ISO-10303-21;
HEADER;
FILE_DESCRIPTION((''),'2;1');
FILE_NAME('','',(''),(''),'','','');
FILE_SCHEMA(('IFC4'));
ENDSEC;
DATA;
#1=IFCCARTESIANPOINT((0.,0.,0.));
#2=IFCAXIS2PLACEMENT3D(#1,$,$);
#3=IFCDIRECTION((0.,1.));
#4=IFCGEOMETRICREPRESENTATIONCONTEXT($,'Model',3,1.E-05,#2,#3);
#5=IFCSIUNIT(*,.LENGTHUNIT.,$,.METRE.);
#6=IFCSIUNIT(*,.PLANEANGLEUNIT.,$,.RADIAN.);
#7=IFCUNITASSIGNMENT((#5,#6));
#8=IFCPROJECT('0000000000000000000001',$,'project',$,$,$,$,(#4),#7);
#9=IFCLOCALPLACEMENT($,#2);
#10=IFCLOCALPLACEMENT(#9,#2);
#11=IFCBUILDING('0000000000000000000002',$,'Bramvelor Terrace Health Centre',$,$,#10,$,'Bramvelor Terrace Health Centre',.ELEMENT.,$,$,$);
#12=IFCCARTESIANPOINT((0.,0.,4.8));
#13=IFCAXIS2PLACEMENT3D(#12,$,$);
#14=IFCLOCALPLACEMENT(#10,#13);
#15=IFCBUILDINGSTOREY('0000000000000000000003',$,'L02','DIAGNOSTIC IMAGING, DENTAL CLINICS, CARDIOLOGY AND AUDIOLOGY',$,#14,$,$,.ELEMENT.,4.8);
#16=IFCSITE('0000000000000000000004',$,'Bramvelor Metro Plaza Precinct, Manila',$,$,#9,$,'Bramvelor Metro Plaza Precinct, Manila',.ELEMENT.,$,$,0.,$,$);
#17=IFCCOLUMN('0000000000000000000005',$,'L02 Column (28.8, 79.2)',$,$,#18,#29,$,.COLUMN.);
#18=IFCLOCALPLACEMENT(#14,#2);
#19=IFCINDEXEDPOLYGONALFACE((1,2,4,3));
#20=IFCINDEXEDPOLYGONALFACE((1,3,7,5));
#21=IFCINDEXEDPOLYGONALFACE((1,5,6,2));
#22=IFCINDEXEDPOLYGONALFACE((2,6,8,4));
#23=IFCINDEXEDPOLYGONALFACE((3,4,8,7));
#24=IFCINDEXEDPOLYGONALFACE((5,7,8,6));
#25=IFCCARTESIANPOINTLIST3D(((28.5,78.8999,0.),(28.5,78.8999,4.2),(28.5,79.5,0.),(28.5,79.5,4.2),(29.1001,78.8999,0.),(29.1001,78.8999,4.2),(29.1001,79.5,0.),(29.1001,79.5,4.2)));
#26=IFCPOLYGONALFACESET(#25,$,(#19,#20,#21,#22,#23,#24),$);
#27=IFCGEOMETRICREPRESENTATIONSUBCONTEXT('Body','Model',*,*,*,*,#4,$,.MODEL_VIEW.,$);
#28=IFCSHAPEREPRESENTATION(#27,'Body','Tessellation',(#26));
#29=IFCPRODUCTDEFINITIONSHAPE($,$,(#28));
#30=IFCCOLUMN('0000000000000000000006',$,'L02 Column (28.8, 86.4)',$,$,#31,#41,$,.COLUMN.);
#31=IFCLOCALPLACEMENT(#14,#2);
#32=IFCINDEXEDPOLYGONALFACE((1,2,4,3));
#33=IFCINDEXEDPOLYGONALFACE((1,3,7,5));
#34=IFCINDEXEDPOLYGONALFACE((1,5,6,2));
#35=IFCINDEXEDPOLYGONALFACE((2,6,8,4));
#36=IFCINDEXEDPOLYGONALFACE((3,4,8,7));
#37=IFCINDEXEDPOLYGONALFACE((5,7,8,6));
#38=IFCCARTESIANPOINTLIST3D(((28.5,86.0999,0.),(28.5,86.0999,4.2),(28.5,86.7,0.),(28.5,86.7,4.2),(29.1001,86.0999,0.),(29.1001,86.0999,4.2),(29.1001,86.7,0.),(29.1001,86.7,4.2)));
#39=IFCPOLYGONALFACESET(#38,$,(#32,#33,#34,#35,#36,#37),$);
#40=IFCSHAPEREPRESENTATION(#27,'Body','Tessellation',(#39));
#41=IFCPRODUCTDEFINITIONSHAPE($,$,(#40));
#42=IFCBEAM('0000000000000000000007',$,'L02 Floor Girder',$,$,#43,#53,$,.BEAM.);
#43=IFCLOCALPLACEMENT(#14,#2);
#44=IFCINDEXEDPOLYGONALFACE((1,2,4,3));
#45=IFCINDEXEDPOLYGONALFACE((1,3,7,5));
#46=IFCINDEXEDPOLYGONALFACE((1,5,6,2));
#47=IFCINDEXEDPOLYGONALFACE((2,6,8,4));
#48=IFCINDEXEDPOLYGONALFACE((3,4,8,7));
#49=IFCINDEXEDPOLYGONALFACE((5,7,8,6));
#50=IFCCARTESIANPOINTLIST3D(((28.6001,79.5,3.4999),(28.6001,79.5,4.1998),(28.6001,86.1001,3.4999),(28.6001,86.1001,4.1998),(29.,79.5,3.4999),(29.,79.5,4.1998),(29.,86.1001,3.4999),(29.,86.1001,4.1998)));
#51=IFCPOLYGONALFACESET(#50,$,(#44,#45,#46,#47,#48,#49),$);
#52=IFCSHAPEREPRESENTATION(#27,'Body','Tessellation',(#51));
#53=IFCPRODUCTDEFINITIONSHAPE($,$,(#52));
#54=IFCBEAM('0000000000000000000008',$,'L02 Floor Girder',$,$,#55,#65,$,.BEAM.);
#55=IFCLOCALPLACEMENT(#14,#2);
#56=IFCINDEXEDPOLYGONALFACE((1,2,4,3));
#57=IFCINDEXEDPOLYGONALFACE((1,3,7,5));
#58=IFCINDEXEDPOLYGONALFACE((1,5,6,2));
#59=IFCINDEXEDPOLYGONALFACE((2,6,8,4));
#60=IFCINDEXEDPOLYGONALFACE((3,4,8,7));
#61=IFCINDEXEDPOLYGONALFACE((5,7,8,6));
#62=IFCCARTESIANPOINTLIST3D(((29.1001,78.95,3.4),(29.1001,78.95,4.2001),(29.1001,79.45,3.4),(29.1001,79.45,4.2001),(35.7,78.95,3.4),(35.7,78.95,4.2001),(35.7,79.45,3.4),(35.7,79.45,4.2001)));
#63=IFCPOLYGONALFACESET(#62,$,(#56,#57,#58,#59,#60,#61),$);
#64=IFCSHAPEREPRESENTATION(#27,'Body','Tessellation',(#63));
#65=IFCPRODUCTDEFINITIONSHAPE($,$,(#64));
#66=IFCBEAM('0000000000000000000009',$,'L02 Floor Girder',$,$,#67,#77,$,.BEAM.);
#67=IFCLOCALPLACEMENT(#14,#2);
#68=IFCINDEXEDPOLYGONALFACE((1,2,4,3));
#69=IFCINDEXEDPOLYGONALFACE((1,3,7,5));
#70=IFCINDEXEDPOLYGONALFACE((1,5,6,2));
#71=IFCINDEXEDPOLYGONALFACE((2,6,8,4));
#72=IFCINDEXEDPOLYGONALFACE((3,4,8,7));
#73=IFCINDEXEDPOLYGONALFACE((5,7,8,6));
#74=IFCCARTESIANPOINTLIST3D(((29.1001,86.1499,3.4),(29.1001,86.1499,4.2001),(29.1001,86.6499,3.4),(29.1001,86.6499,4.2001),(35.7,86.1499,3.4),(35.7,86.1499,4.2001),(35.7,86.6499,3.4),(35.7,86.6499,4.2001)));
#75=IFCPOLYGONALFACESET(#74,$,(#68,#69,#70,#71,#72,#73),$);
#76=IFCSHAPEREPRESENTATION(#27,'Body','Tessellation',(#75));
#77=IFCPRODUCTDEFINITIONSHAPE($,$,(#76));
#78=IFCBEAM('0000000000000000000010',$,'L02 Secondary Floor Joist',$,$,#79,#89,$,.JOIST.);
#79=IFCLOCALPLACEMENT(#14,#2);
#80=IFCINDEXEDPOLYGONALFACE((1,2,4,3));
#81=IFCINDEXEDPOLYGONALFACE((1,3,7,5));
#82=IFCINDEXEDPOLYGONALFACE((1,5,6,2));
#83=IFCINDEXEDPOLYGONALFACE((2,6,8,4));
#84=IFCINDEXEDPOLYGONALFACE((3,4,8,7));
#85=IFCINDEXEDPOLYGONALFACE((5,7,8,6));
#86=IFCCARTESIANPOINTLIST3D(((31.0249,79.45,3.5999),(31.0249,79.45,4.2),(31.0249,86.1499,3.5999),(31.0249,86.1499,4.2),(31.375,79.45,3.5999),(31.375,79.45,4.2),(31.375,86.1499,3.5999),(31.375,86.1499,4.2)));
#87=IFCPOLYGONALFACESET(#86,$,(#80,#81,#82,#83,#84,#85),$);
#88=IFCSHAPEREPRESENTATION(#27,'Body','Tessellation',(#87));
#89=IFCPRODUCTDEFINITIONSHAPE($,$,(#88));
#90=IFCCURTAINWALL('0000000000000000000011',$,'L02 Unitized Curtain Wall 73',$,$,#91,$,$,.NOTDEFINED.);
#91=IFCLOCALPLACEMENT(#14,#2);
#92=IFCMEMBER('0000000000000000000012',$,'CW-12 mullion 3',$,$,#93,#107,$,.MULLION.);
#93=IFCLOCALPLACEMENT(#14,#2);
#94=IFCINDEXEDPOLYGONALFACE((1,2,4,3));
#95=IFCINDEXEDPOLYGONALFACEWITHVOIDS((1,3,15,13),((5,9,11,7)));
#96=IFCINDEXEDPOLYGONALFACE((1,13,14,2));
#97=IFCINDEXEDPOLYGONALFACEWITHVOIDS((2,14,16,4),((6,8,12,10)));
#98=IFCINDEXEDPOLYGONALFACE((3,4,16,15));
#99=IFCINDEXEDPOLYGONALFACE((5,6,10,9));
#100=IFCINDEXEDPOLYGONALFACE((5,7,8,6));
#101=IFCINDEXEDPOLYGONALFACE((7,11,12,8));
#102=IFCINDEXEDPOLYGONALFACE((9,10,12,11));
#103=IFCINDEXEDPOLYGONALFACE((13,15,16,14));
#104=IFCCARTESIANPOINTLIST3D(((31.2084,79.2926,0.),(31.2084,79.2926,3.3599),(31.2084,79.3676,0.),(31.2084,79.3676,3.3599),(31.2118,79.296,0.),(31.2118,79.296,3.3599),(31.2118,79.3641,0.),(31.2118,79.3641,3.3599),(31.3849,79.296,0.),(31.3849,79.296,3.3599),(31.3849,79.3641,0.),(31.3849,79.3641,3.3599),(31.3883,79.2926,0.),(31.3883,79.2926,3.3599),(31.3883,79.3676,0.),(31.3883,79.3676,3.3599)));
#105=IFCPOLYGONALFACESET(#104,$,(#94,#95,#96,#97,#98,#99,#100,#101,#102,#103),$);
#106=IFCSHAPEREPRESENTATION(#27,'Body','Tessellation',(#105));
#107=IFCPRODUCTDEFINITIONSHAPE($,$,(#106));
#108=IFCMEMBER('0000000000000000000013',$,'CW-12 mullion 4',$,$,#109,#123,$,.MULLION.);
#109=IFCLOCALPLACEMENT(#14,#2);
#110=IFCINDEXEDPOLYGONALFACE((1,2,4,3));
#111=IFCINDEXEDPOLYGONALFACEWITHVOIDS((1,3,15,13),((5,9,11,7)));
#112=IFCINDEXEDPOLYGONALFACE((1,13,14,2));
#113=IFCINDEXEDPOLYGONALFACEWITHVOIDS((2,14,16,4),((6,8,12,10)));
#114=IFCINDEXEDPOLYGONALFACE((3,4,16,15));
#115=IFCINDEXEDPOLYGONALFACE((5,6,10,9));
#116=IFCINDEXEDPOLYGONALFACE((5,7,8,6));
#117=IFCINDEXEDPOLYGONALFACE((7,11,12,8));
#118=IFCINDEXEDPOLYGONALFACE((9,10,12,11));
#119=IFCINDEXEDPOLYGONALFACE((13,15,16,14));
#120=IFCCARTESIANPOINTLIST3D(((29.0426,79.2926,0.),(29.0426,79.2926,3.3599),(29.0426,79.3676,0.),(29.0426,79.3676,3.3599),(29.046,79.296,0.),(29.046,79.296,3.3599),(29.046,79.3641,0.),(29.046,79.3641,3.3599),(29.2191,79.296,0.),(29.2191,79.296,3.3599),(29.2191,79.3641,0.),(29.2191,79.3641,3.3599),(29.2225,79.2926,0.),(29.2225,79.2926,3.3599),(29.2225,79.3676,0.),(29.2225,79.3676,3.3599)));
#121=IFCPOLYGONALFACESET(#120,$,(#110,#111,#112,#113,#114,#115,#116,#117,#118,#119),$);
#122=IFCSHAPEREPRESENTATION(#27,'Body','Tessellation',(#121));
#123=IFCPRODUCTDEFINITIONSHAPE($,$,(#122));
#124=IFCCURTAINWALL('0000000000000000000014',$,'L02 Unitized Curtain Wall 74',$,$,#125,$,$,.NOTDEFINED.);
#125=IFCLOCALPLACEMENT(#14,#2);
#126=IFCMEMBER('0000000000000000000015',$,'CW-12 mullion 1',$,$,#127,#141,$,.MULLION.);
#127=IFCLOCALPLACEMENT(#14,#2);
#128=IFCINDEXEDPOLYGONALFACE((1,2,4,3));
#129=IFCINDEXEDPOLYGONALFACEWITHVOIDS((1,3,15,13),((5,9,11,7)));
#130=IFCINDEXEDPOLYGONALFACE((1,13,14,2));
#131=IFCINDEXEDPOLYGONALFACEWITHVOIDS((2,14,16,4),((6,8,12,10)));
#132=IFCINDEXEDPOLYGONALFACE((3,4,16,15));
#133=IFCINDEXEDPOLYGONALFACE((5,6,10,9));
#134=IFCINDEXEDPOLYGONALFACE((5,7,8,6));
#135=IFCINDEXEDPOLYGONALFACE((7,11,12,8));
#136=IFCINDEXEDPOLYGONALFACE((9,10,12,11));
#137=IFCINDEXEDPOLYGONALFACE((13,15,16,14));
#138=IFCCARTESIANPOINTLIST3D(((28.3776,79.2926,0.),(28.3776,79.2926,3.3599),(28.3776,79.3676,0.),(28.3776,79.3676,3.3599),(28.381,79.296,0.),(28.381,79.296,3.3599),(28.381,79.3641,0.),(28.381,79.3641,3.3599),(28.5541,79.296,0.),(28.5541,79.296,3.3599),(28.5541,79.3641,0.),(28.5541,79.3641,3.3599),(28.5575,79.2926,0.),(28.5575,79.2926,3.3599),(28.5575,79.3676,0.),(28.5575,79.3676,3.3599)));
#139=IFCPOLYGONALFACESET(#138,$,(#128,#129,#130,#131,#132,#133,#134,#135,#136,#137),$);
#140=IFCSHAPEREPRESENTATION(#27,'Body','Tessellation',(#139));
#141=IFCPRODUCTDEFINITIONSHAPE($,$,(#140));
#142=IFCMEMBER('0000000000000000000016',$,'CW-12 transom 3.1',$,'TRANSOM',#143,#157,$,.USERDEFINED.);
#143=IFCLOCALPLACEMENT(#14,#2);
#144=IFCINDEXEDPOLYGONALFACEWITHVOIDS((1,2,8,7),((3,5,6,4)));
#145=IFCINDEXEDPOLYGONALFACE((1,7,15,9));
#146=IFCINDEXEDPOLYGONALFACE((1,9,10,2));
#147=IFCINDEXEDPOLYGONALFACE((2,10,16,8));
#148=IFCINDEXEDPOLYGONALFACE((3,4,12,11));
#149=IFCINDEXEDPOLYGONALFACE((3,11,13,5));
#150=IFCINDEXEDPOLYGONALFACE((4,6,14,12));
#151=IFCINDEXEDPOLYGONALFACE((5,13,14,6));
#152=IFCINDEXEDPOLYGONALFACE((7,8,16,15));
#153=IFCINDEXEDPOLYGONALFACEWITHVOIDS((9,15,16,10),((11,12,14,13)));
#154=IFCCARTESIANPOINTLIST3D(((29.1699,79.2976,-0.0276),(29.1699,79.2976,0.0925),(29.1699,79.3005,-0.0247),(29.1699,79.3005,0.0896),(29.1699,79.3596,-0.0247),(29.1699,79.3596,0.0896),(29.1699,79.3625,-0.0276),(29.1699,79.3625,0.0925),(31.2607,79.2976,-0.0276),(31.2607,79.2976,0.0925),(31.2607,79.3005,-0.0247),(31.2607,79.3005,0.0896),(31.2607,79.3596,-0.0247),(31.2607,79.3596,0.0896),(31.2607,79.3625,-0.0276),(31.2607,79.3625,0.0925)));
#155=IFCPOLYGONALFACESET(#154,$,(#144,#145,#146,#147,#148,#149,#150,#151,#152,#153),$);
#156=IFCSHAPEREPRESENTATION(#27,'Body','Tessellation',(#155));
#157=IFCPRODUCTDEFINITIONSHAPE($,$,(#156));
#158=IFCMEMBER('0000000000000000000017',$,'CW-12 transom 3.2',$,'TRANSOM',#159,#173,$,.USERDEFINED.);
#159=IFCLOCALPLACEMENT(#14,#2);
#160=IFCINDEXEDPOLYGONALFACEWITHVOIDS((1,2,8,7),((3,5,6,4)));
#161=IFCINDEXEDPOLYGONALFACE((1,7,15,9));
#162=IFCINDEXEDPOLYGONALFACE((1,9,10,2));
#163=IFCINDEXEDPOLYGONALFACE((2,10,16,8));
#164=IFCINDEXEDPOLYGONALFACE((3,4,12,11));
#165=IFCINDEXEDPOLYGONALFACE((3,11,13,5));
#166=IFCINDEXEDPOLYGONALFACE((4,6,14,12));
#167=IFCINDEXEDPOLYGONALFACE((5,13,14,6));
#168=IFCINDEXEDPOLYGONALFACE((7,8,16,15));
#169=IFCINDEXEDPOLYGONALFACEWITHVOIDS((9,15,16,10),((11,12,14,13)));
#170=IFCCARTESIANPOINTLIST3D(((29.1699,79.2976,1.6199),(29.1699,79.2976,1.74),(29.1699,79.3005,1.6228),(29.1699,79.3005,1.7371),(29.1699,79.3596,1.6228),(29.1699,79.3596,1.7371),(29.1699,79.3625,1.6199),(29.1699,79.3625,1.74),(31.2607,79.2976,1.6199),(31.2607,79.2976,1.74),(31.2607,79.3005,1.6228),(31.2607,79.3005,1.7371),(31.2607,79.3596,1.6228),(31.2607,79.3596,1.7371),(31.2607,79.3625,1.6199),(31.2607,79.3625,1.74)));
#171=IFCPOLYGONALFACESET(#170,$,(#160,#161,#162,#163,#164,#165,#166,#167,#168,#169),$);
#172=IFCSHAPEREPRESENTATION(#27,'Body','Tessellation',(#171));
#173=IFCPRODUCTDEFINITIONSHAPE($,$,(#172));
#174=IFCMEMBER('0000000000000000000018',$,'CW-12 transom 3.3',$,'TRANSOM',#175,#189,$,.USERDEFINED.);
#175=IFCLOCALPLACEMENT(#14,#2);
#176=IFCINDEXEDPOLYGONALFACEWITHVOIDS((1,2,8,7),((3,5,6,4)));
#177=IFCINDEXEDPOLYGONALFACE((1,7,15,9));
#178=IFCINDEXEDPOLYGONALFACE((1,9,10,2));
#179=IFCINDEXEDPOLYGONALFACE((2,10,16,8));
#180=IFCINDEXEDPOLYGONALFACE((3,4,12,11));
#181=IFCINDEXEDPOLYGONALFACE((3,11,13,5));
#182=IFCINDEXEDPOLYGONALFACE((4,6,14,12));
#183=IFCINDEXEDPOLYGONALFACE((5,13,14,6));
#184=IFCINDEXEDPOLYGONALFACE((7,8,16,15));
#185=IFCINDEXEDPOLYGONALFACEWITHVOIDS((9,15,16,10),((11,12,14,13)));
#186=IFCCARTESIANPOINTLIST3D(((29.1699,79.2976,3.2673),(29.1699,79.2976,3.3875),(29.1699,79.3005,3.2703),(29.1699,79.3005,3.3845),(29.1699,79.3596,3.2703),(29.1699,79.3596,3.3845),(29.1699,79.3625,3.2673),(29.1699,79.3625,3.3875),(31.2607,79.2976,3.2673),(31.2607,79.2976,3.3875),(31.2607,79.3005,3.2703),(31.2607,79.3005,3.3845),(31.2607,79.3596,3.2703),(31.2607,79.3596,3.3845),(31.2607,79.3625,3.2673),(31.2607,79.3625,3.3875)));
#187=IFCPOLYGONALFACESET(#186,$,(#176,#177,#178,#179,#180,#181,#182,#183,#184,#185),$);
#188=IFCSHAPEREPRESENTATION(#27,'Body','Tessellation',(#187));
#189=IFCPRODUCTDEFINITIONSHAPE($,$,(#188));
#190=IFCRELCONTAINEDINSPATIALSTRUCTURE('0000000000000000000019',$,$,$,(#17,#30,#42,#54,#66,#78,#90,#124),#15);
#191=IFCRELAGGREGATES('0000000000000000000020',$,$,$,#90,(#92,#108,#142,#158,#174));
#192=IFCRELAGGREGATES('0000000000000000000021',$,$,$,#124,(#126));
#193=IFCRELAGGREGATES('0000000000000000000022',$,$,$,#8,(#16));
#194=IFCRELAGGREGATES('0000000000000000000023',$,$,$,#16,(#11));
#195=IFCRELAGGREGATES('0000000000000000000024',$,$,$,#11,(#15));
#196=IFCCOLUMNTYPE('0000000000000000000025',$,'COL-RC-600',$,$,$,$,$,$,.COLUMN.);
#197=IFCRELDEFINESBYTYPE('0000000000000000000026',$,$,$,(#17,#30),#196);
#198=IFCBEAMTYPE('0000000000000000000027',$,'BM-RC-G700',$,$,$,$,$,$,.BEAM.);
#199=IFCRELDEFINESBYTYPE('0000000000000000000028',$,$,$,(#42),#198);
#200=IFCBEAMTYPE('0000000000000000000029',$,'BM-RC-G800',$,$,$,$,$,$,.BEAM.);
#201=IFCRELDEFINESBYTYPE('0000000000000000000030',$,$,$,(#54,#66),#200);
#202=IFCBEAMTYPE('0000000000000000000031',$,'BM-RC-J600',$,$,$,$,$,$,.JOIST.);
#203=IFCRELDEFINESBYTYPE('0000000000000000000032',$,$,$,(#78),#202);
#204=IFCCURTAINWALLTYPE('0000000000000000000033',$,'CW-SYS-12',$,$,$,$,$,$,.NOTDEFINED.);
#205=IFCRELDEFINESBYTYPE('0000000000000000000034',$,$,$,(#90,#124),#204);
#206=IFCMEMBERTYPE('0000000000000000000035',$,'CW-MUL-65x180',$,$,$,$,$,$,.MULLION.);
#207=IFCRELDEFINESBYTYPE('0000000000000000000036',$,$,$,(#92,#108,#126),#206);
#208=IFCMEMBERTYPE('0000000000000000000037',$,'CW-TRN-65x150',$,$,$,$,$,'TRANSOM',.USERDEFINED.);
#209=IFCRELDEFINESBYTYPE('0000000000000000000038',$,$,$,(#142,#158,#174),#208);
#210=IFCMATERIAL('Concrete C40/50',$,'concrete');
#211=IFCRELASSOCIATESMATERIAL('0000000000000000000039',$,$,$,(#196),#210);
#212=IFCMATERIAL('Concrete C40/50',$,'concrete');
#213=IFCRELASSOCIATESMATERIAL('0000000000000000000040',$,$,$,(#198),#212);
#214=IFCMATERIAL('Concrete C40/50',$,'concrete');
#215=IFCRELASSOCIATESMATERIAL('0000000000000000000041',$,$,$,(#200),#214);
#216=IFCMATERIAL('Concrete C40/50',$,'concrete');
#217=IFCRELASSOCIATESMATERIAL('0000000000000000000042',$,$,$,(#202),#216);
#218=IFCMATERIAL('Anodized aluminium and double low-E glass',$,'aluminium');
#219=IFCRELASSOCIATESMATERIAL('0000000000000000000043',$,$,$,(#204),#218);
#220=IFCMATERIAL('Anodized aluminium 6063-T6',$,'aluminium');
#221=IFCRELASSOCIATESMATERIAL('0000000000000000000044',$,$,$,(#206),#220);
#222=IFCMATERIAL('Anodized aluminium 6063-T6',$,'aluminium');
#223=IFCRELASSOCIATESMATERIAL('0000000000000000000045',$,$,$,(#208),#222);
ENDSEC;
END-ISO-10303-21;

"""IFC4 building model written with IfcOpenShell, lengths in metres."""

from ifc_helpers import new_model, si_unit, direction, frame, origin, origin_2d, place, context, subcontext, project, spatial, rectangle, hollow_rectangle, extrude, material, material_profile, profile_set, type_object, element, aggregate, save


model = new_model("IFC4")

# Units and contexts
model_context = context("Model", 3, precision=1e-05, world=origin(), true_north=direction((0.0, 1.0)))
body_context = subcontext(model_context, "Body", "Model", "MODEL_VIEW")
ifc_project = project(units=[si_unit("LENGTHUNIT", "METRE"), si_unit("PLANEANGLEUNIT", "RADIAN")], contexts=[model_context])

# Site, building, storey
site_placement = place(None, origin())
site = spatial("IfcSite", under=ifc_project, at=site_placement, Name="Bramvelor Metro Plaza Precinct, Manila", LongName="Bramvelor Metro Plaza Precinct, Manila", CompositionType="ELEMENT", RefElevation=0.0)
building_placement = place(site_placement, origin())
building = spatial("IfcBuilding", under=site, at=building_placement, Name="Bramvelor Terrace Health Centre", LongName="Bramvelor Terrace Health Centre", CompositionType="ELEMENT")
storey_placement = place(building_placement, frame((0.0, 0.0, 4.8)))
storey = spatial("IfcBuildingStorey", under=building, at=storey_placement, Name="L02", Description="DIAGNOSTIC IMAGING, DENTAL CLINICS, CARDIOLOGY AND AUDIOLOGY", CompositionType="ELEMENT", Elevation=4.8)

# Columns
ifc_material_1 = material(Name="Concrete C40/50", Category="concrete")
ifc_material_profile_1 = material_profile(ifc_material_1, rectangle(XDim=0.6001, YDim=0.6001, at=origin_2d()), Name="RC 600x600")
ifc_profile_set_1 = profile_set([ifc_material_profile_1], Name="Concrete C40/50")
column_type = type_object("IfcColumnType", Name="COL-RC-600", PredefinedType="COLUMN", material=ifc_profile_set_1)
for number, where, z_axis, x_axis, name in (
    (1, (28.8, 79.2, 0.0), (0.0, 0.0, 1.0), (1.0, 0.0, 0.0), "L02 Column (28.8, 79.2)"),
    (2, (28.8, 86.3999, 0.0), (0.0, 0.0, 1.0), (1.0, 0.0, 0.0), "L02 Column (28.8, 86.4)"),
):
    element("IfcColumn", number, at=place(storey_placement, frame(where, z_axis=z_axis, x_axis=x_axis)), inside=storey, type_object=column_type, Name=name, PredefinedType="COLUMN", context=body_context, shape_type="SweptSolid", body=[
        extrude(rectangle(XDim=0.6001, YDim=0.6001, at=origin_2d()), origin(), (0.0, 0.0, 1.0), 4.2),
    ])

# Beams
ifc_material_2 = material(Name="Concrete C40/50", Category="concrete")
ifc_material_profile_2 = material_profile(ifc_material_2, rectangle(XDim=0.3999, YDim=0.7, at=origin_2d()), Name="RC 400x700")
ifc_profile_set_2 = profile_set([ifc_material_profile_2], Name="Concrete C40/50")
beam_type_1 = type_object("IfcBeamType", Name="BM-RC-G700", PredefinedType="BEAM", material=ifc_profile_set_2)
beam_1_placement = place(storey_placement, frame((28.8, 79.5, 3.8499), z_axis=(0.0, 1.0, 0.0), x_axis=(-1.0, 0.0, 0.0)))
element("IfcBeam", 3, at=beam_1_placement, inside=storey, type_object=beam_type_1, Name="L02 Floor Girder", PredefinedType="BEAM", context=body_context, shape_type="SweptSolid", body=[
    extrude(rectangle(XDim=0.3999, YDim=0.7, at=origin_2d()), origin(), (0.0, 0.0, 1.0), 6.6001),
])
ifc_material_3 = material(Name="Concrete C40/50", Category="concrete")
ifc_material_profile_3 = material_profile(ifc_material_3, rectangle(XDim=0.5, YDim=0.8, at=origin_2d()), Name="RC 500x800")
ifc_profile_set_3 = profile_set([ifc_material_profile_3], Name="Concrete C40/50")
beam_type_2 = type_object("IfcBeamType", Name="BM-RC-G800", PredefinedType="BEAM", material=ifc_profile_set_3)
for number, where, z_axis, x_axis, name in (
    (4, (29.1001, 79.2, 3.8), (1.0, 0.0, 0.0), (0.0, 1.0, 0.0), "L02 Floor Girder"),
    (5, (29.1001, 86.3999, 3.8), (1.0, 0.0, 0.0), (0.0, 1.0, 0.0), "L02 Floor Girder"),
):
    element("IfcBeam", number, at=place(storey_placement, frame(where, z_axis=z_axis, x_axis=x_axis)), inside=storey, type_object=beam_type_2, Name=name, PredefinedType="BEAM", context=body_context, shape_type="SweptSolid", body=[
        extrude(rectangle(XDim=0.5, YDim=0.8, at=origin_2d()), origin(), (0.0, 0.0, 1.0), 6.5999),
    ])
ifc_material_4 = material(Name="Concrete C40/50", Category="concrete")
ifc_material_profile_4 = material_profile(ifc_material_4, rectangle(XDim=0.3501, YDim=0.6001, at=origin_2d()), Name="RC 350x600")
ifc_profile_set_4 = profile_set([ifc_material_profile_4], Name="Concrete C40/50")
beam_type_3 = type_object("IfcBeamType", Name="BM-RC-J600", PredefinedType="JOIST", material=ifc_profile_set_4)
beam_2_placement = place(storey_placement, frame((31.2, 79.45, 3.8999), z_axis=(0.0, 1.0, 0.0), x_axis=(-1.0, 0.0, 0.0)))
element("IfcBeam", 6, at=beam_2_placement, inside=storey, type_object=beam_type_3, Name="L02 Secondary Floor Joist", PredefinedType="JOIST", context=body_context, shape_type="SweptSolid", body=[
    extrude(rectangle(XDim=0.3501, YDim=0.6001, at=origin_2d()), origin(), (0.0, 0.0, 1.0), 6.7),
])

# Curtain wall, members
ifc_material_5 = material(Name="Anodized aluminium and double low-E glass", Category="aluminium")
curtain_wall_type = type_object("IfcCurtainWallType", Name="CW-SYS-12", PredefinedType="NOTDEFINED", material=ifc_material_5)
curtain_wall_1_placement = place(storey_placement, origin())
curtain_wall_1 = element("IfcCurtainWall", 7, at=curtain_wall_1_placement, inside=storey, type_object=curtain_wall_type, Name="L02 Unitized Curtain Wall 73", PredefinedType="NOTDEFINED")
ifc_material_6 = material(Name="Anodized aluminium 6063-T6", Category="aluminium")
ifc_material_profile_5 = material_profile(ifc_material_6, hollow_rectangle(XDim=0.075, YDim=0.1799, WallThickness=0.0034, at=origin_2d()), Name="ALU-MUL 75x180x3.5")
ifc_profile_set_5 = profile_set([ifc_material_profile_5], Name="Anodized aluminium 6063-T6")
member_type_1 = type_object("IfcMemberType", Name="CW-MUL-65x180", PredefinedType="MULLION", material=ifc_profile_set_5)
member_1_placement = place(storey_placement, frame((31.2983, 79.3301, 0.0), z_axis=(0.0, 0.0, 1.0), x_axis=(0.0, -1.0, 0.0)))
member_1 = element("IfcMember", 8, at=member_1_placement, type_object=member_type_1, Name="CW-12 mullion 3", PredefinedType="MULLION", context=body_context, shape_type="SweptSolid", body=[
    extrude(hollow_rectangle(XDim=0.075, YDim=0.1799, WallThickness=0.0034, at=origin_2d()), origin(), (0.0, 0.0, 1.0), 3.3599),
])
member_2_placement = place(storey_placement, frame((29.1326, 79.3301, 0.0), z_axis=(0.0, 0.0, 1.0), x_axis=(0.0, -1.0, 0.0)))
member_2 = element("IfcMember", 9, at=member_2_placement, type_object=member_type_1, Name="CW-12 mullion 4", PredefinedType="MULLION", context=body_context, shape_type="SweptSolid", body=[
    extrude(hollow_rectangle(XDim=0.075, YDim=0.1799, WallThickness=0.0034, at=origin_2d()), origin(), (0.0, 0.0, 1.0), 3.3599),
])

# Curtain wall, member
curtain_wall_2_placement = place(storey_placement, origin())
curtain_wall_2 = element("IfcCurtainWall", 10, at=curtain_wall_2_placement, inside=storey, type_object=curtain_wall_type, Name="L02 Unitized Curtain Wall 74", PredefinedType="NOTDEFINED")
member_3_placement = place(storey_placement, frame((28.4675, 79.3301, 0.0), z_axis=(0.0, 0.0, 1.0), x_axis=(0.0, -1.0, 0.0)))
member_3 = element("IfcMember", 11, at=member_3_placement, type_object=member_type_1, Name="CW-12 mullion 1", PredefinedType="MULLION", context=body_context, shape_type="SweptSolid", body=[
    extrude(hollow_rectangle(XDim=0.075, YDim=0.1799, WallThickness=0.0034, at=origin_2d()), origin(), (0.0, 0.0, 1.0), 3.3599),
])

# Members
ifc_material_7 = material(Name="Anodized aluminium 6063-T6", Category="aluminium")
ifc_material_profile_6 = material_profile(ifc_material_7, hollow_rectangle(XDim=0.0649, YDim=0.1201, WallThickness=0.0029, at=origin_2d()), Name="ALU-TRN 65x120x3.0")
ifc_profile_set_6 = profile_set([ifc_material_profile_6], Name="Anodized aluminium 6063-T6")
member_type_2 = type_object("IfcMemberType", Name="CW-TRN-65x150", ElementType="TRANSOM", PredefinedType="USERDEFINED", material=ifc_profile_set_6)
member_4_placement = place(storey_placement, frame((31.2607, 79.3301, 0.0325), z_axis=(-1.0, 0.0, 0.0), x_axis=(0.0, -1.0, 0.0)))
member_4 = element("IfcMember", 12, at=member_4_placement, type_object=member_type_2, Name="CW-12 transom 3.1", ObjectType="TRANSOM", PredefinedType="USERDEFINED", context=body_context, shape_type="SweptSolid", body=[
    extrude(hollow_rectangle(XDim=0.0649, YDim=0.1201, WallThickness=0.0029, at=origin_2d()), origin(), (0.0, 0.0, 1.0), 2.0908),
])
member_5_placement = place(storey_placement, frame((31.2607, 79.3301, 1.6799), z_axis=(-1.0, 0.0, 0.0), x_axis=(0.0, -1.0, 0.0)))
member_5 = element("IfcMember", 13, at=member_5_placement, type_object=member_type_2, Name="CW-12 transom 3.2", ObjectType="TRANSOM", PredefinedType="USERDEFINED", context=body_context, shape_type="SweptSolid", body=[
    extrude(hollow_rectangle(XDim=0.0649, YDim=0.1201, WallThickness=0.0029, at=origin_2d()), origin(), (0.0, 0.0, 1.0), 2.0908),
])
member_6_placement = place(storey_placement, frame((31.2607, 79.3301, 3.3274), z_axis=(-1.0, 0.0, 0.0), x_axis=(0.0, -1.0, 0.0)))
member_6 = element("IfcMember", 14, at=member_6_placement, type_object=member_type_2, Name="CW-12 transom 3.3", ObjectType="TRANSOM", PredefinedType="USERDEFINED", context=body_context, shape_type="SweptSolid", body=[
    extrude(hollow_rectangle(XDim=0.0649, YDim=0.1201, WallThickness=0.0029, at=origin_2d()), origin(), (0.0, 0.0, 1.0), 2.0908),
])

aggregate(curtain_wall_1, [member_1, member_2, member_4, member_5, member_6])
aggregate(curtain_wall_2, [member_3])

save(model, "model.ifc")
